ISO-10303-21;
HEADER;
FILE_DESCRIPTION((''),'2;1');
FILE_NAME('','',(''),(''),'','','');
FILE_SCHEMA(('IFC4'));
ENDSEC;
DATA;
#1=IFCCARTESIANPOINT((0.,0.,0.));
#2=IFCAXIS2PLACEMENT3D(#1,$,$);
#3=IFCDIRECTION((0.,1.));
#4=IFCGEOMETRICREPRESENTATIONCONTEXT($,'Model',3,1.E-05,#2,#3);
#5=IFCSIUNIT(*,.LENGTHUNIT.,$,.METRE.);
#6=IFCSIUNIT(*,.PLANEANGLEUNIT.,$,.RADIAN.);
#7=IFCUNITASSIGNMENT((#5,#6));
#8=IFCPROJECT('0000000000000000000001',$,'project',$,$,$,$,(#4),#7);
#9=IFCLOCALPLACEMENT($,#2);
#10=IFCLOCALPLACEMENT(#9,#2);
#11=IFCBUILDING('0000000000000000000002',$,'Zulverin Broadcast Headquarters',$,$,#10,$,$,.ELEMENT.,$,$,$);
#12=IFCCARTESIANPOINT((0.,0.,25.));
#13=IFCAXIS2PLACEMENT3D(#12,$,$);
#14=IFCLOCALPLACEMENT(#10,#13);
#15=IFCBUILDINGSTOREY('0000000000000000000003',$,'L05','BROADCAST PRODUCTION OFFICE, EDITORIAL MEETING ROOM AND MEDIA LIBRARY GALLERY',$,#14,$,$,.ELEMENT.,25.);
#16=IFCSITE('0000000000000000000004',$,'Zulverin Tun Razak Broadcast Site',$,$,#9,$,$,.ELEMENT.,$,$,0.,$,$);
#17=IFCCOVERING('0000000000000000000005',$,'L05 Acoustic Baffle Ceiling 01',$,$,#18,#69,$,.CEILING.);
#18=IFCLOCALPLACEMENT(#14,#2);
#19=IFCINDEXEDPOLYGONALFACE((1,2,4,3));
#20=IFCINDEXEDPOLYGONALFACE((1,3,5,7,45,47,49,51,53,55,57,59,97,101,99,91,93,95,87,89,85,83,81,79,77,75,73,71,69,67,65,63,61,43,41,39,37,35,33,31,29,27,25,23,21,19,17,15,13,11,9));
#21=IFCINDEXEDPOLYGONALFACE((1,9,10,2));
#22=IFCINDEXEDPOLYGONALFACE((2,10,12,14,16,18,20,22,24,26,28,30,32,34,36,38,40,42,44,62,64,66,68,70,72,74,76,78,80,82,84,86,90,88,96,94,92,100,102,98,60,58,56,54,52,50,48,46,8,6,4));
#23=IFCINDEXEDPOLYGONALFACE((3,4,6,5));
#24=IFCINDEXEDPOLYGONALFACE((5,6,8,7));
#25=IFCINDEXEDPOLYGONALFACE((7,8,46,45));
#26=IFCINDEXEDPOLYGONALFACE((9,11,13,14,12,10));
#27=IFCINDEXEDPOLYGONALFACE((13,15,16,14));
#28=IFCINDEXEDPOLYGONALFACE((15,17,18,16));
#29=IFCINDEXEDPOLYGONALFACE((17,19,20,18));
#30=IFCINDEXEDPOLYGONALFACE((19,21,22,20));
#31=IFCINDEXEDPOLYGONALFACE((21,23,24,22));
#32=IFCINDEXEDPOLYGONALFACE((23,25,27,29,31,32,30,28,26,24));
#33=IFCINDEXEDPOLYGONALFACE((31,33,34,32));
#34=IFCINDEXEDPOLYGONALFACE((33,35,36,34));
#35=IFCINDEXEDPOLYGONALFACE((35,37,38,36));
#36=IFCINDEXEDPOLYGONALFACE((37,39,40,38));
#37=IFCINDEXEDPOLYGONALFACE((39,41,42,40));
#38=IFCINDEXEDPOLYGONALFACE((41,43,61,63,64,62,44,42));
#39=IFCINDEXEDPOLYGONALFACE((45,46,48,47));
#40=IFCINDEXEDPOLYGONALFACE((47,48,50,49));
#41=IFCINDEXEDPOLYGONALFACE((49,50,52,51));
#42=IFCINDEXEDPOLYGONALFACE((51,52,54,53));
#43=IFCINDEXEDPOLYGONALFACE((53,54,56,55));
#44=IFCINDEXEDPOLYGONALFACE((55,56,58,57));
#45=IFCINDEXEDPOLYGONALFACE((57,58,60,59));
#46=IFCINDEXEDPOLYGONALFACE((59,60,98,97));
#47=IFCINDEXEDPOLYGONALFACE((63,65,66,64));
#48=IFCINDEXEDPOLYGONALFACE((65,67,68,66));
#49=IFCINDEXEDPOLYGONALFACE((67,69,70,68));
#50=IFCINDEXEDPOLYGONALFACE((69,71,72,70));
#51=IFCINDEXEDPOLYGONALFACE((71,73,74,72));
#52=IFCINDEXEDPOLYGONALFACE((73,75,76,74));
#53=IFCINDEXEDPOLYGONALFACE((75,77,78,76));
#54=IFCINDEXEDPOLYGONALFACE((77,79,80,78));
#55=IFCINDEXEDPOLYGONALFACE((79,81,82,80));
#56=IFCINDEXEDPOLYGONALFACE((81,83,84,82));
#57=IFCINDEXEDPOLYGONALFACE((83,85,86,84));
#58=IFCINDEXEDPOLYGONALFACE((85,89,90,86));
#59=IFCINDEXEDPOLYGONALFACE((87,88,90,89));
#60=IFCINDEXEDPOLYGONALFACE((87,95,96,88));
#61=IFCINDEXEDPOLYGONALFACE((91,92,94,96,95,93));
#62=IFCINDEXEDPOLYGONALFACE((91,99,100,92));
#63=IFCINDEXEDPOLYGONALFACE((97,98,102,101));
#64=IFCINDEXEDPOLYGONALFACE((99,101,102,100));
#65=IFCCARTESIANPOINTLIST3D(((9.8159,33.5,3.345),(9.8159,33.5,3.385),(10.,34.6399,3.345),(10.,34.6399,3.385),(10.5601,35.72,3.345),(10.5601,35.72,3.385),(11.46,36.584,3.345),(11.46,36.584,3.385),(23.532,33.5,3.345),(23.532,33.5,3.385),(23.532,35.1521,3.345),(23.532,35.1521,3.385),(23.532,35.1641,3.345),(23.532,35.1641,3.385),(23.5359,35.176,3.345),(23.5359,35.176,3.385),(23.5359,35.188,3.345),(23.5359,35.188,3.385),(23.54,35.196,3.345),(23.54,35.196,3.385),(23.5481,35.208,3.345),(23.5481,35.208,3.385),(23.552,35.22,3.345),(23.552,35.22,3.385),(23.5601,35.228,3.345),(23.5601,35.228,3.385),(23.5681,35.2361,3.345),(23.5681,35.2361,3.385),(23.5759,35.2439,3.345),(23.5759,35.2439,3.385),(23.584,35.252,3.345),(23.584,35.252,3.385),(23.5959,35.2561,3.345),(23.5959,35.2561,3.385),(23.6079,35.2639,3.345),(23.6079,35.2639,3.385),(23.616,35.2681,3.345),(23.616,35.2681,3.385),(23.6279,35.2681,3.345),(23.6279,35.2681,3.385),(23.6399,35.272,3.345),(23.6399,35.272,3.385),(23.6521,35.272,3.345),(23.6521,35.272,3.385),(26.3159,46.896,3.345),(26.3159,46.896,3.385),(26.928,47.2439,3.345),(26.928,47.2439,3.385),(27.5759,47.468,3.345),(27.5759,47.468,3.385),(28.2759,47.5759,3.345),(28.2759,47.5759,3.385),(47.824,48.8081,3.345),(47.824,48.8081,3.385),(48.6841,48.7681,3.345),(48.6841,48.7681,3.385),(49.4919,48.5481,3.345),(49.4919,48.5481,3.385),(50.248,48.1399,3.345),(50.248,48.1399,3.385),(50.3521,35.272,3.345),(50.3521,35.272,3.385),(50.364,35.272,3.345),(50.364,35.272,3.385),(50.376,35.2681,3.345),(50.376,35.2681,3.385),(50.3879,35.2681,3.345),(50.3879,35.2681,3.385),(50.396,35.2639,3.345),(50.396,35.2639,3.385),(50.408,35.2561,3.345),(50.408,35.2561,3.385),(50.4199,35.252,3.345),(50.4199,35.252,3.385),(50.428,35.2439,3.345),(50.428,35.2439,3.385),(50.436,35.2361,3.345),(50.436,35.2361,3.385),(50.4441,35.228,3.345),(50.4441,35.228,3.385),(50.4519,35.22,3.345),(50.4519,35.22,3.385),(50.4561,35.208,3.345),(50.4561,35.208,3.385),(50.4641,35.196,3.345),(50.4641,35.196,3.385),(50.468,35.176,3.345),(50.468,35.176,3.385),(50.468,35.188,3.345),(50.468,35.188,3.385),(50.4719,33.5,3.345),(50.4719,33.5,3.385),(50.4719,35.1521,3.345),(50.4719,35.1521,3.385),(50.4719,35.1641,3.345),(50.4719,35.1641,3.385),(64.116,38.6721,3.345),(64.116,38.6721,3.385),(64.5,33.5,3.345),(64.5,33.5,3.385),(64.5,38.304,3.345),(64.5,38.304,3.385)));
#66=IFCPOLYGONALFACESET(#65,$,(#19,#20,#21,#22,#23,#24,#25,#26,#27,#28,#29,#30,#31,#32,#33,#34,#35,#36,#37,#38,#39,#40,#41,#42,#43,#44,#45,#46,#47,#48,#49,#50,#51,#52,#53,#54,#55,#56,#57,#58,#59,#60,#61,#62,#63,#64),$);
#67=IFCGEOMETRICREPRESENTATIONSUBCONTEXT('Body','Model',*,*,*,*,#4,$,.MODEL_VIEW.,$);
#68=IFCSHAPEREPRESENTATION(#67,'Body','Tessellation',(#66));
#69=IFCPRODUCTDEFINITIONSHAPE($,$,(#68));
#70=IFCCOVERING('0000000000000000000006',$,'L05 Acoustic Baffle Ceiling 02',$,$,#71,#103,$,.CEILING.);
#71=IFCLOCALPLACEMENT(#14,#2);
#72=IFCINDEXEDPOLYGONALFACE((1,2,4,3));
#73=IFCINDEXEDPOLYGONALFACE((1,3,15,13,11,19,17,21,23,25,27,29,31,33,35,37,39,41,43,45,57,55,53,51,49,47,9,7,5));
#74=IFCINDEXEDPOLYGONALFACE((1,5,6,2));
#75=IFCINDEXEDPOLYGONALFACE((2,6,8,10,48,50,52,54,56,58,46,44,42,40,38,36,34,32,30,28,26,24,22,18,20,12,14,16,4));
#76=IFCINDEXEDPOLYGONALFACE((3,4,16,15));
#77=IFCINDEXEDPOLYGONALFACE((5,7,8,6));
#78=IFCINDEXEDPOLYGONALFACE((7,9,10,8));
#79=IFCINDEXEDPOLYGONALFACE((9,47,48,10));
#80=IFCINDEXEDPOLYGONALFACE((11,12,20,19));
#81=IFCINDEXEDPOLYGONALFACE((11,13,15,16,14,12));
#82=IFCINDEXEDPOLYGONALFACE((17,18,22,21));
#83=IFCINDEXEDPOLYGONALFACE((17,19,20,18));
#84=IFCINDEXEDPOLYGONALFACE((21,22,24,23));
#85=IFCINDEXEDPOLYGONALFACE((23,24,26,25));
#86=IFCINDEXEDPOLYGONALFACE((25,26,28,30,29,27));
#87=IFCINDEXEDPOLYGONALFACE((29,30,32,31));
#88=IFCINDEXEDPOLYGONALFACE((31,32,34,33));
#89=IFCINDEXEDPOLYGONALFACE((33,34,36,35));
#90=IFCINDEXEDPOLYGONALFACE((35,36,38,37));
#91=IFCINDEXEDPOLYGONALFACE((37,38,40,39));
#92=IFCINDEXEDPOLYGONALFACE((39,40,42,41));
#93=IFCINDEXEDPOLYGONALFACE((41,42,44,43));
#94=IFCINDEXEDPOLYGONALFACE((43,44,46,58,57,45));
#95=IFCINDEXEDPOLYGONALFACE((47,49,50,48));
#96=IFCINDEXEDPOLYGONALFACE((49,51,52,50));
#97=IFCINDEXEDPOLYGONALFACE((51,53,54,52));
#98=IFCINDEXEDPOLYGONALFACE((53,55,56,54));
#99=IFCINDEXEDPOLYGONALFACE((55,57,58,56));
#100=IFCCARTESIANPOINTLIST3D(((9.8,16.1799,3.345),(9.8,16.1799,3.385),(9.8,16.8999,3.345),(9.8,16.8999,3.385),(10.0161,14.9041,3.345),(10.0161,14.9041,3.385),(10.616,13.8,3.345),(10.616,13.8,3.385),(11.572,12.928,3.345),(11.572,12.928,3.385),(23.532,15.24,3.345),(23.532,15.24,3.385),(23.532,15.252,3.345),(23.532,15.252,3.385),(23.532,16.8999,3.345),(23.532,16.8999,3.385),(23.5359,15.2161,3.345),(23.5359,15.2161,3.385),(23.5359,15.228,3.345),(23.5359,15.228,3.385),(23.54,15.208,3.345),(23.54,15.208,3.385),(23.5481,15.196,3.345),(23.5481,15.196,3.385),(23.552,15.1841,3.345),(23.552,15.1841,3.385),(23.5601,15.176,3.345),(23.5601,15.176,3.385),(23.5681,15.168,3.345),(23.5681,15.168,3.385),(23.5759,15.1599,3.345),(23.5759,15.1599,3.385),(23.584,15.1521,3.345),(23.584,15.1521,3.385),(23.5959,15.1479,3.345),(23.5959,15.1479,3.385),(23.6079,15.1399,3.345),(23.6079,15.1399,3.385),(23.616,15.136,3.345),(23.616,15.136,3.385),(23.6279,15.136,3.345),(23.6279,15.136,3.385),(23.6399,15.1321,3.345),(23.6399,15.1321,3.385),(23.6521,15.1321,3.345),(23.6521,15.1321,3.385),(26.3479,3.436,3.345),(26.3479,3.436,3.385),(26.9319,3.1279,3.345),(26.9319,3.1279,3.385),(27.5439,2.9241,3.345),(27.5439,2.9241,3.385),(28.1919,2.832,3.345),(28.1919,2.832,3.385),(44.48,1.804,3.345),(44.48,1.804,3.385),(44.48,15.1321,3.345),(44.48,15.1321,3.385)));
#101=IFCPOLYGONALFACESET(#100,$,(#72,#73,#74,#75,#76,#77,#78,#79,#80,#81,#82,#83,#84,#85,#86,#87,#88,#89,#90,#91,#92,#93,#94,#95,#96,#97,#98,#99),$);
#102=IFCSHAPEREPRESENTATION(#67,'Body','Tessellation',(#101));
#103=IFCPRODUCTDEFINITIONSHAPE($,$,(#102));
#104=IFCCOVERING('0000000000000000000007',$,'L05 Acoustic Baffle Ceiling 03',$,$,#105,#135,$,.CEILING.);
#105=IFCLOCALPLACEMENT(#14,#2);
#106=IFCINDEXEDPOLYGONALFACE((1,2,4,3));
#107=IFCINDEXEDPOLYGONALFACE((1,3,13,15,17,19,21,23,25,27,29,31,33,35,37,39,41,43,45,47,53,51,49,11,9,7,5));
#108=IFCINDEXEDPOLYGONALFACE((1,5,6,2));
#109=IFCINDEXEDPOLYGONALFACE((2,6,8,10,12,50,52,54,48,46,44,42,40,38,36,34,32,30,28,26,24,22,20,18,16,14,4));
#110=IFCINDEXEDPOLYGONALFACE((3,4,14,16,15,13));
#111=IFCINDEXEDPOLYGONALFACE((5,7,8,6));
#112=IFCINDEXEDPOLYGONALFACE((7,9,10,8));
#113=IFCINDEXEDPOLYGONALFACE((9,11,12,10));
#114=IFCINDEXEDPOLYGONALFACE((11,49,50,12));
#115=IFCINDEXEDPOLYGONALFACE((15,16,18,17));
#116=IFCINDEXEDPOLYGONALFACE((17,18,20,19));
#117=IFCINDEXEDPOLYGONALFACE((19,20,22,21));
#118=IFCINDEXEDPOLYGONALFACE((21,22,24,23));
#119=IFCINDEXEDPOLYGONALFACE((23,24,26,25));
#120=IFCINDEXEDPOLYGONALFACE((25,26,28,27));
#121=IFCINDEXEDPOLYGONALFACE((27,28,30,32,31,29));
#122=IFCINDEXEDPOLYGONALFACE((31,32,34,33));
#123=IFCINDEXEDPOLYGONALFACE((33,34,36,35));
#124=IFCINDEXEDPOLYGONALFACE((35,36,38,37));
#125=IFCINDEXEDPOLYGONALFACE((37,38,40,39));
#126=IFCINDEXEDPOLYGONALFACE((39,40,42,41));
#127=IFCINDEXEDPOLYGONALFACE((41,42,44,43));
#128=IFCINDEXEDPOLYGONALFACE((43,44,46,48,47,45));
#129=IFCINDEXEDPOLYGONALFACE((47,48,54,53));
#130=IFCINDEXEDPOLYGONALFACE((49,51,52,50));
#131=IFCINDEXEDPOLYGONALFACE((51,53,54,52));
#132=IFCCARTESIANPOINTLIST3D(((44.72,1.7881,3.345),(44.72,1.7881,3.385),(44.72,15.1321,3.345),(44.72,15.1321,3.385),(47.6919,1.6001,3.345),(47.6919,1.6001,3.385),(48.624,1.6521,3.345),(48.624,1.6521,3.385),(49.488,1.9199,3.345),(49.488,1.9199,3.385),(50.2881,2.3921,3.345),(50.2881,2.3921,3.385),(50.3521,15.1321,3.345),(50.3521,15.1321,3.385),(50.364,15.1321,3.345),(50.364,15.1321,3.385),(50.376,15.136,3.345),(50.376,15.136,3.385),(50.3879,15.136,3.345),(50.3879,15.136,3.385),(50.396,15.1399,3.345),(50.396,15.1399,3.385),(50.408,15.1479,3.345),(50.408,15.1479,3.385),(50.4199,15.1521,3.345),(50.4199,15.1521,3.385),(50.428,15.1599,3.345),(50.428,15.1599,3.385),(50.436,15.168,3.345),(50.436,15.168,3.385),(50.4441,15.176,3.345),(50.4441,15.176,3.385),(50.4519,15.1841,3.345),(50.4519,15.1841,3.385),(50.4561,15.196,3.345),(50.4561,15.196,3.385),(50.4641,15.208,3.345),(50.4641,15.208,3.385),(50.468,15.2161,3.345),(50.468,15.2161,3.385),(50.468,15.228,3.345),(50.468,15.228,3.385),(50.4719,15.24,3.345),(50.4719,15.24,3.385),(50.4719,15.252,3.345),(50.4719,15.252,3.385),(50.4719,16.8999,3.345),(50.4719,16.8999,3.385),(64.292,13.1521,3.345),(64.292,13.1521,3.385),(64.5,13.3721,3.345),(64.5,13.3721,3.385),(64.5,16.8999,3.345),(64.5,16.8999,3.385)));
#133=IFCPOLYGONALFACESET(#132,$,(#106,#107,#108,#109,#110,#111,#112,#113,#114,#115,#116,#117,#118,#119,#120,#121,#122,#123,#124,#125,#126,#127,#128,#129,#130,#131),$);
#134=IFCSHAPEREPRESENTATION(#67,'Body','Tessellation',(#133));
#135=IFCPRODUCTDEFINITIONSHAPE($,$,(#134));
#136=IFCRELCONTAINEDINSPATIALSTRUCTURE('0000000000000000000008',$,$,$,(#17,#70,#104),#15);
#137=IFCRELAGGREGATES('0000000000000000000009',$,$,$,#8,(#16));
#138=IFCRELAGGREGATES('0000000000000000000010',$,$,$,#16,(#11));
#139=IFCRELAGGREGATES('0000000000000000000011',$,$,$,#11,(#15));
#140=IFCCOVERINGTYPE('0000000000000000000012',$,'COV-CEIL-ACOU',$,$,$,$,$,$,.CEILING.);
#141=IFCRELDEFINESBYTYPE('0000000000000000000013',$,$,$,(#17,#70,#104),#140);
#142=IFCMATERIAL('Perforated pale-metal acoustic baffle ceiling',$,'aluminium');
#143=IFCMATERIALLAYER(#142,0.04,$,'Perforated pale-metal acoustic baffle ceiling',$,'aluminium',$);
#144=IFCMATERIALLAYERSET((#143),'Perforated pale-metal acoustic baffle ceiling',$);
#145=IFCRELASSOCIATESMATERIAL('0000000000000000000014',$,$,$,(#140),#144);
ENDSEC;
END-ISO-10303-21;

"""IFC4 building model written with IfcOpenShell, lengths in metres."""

from ifc_helpers import new_model, si_unit, direction, frame, origin, place, context, subcontext, project, spatial, polyline, outline, extrude, material, layer, layer_set, type_object, element, save


model = new_model("IFC4")

# Units and contexts
model_context = context("Model", 3, precision=1e-05, world=origin(), true_north=direction((0.0, 1.0)))
body_context = subcontext(model_context, "Body", "Model", "MODEL_VIEW")
ifc_project = project(units=[si_unit("LENGTHUNIT", "METRE"), si_unit("PLANEANGLEUNIT", "RADIAN")], contexts=[model_context])

# Site, building, storey
site_placement = place(None, origin())
site = spatial("IfcSite", under=ifc_project, at=site_placement, Name="Zulverin Tun Razak Broadcast Site", CompositionType="ELEMENT", RefElevation=0.0)
building_placement = place(site_placement, origin())
building = spatial("IfcBuilding", under=site, at=building_placement, Name="Zulverin Broadcast Headquarters", CompositionType="ELEMENT")
storey_placement = place(building_placement, frame((0.0, 0.0, 25.0)))
storey = spatial("IfcBuildingStorey", under=building, at=storey_placement, Name="L05", Description="BROADCAST PRODUCTION OFFICE, EDITORIAL MEETING ROOM AND MEDIA LIBRARY GALLERY", CompositionType="ELEMENT", Elevation=25.0)

# Coverings
ifc_material_1 = material(Name="Perforated pale-metal acoustic baffle ceiling", Category="aluminium")
ifc_layer_1 = layer(ifc_material_1, 0.04, Name="Perforated pale-metal acoustic baffle ceiling", Category="aluminium")
ifc_layer_set_1 = layer_set([ifc_layer_1], Name="Perforated pale-metal acoustic baffle ceiling")
covering_type_1 = type_object("IfcCoveringType", Name="COV-CEIL-ACOU", PredefinedType="CEILING", material=ifc_layer_set_1)
covering_1_placement = place(storey_placement, frame((0.0, 0.0, 3.345)))
element("IfcCovering", 1, at=covering_1_placement, inside=storey, type_object=covering_type_1, Name="L05 Acoustic Baffle Ceiling 01", PredefinedType="CEILING", context=body_context, shape_type="SweptSolid", body=[
    extrude(outline(polyline([(11.46, 36.584), (10.5601, 35.72), (10.0, 34.6399), (9.8159, 33.5), (23.532, 33.5), (23.532, 35.1521), (23.532, 35.1641), (23.5359, 35.176), (23.5359, 35.188), (23.54, 35.196), (23.5481, 35.208), (23.552, 35.22), (23.5601, 35.228), (23.5681, 35.2361), (23.5759, 35.2439), (23.584, 35.252), (23.5959, 35.2561), (23.6079, 35.2639), (23.616, 35.2681), (23.6279, 35.2681), (23.6399, 35.272), (23.6521, 35.272), (50.3521, 35.272), (50.364, 35.272), (50.376, 35.2681), (50.3879, 35.2681), (50.396, 35.2639), (50.408, 35.2561), (50.4199, 35.252), (50.428, 35.2439), (50.436, 35.2361), (50.4441, 35.228), (50.4519, 35.22), (50.4561, 35.208), (50.4641, 35.196), (50.468, 35.188), (50.468, 35.176), (50.4719, 35.1641), (50.4719, 35.1521), (50.4719, 33.5), (64.5, 33.5), (64.5, 38.304), (64.116, 38.6721), (50.248, 48.1399), (49.4919, 48.5481), (48.6841, 48.7681), (47.824, 48.8081), (28.2759, 47.5759), (27.5759, 47.468), (26.928, 47.2439), (26.3159, 46.896), (11.46, 36.584)])), origin(), (0.0, 0.0, 1.0), 0.04),
])
covering_2_placement = place(storey_placement, frame((0.0, 0.0, 3.345)))
element("IfcCovering", 2, at=covering_2_placement, inside=storey, type_object=covering_type_1, Name="L05 Acoustic Baffle Ceiling 02", PredefinedType="CEILING", context=body_context, shape_type="SweptSolid", body=[
    extrude(outline(polyline([(23.5359, 15.228), (23.532, 15.24), (23.532, 15.252), (23.532, 16.8999), (9.8, 16.8999), (9.8, 16.1799), (10.0161, 14.9041), (10.616, 13.8), (11.572, 12.928), (26.3479, 3.436), (26.9319, 3.1279), (27.5439, 2.9241), (28.1919, 2.832), (44.48, 1.804), (44.48, 15.1321), (23.6521, 15.1321), (23.6399, 15.1321), (23.6279, 15.136), (23.616, 15.136), (23.6079, 15.1399), (23.5959, 15.1479), (23.584, 15.1521), (23.5759, 15.1599), (23.5681, 15.168), (23.5601, 15.176), (23.552, 15.1841), (23.5481, 15.196), (23.54, 15.208), (23.5359, 15.2161), (23.5359, 15.228)])), origin(), (0.0, 0.0, 1.0), 0.04),
])
covering_3_placement = place(storey_placement, frame((0.0, 0.0, 3.345)))
element("IfcCovering", 3, at=covering_3_placement, inside=storey, type_object=covering_type_1, Name="L05 Acoustic Baffle Ceiling 03", PredefinedType="CEILING", context=body_context, shape_type="SweptSolid", body=[
    extrude(outline(polyline([(49.488, 1.9199), (50.2881, 2.3921), (64.292, 13.1521), (64.5, 13.3721), (64.5, 16.8999), (50.4719, 16.8999), (50.4719, 15.252), (50.4719, 15.24), (50.468, 15.228), (50.468, 15.2161), (50.4641, 15.208), (50.4561, 15.196), (50.4519, 15.1841), (50.4441, 15.176), (50.436, 15.168), (50.428, 15.1599), (50.4199, 15.1521), (50.408, 15.1479), (50.396, 15.1399), (50.3879, 15.136), (50.376, 15.136), (50.364, 15.1321), (50.3521, 15.1321), (44.72, 15.1321), (44.72, 1.7881), (47.6919, 1.6001), (48.624, 1.6521), (49.488, 1.9199)])), origin(), (0.0, 0.0, 1.0), 0.04),
])

save(model, "model.ifc")
